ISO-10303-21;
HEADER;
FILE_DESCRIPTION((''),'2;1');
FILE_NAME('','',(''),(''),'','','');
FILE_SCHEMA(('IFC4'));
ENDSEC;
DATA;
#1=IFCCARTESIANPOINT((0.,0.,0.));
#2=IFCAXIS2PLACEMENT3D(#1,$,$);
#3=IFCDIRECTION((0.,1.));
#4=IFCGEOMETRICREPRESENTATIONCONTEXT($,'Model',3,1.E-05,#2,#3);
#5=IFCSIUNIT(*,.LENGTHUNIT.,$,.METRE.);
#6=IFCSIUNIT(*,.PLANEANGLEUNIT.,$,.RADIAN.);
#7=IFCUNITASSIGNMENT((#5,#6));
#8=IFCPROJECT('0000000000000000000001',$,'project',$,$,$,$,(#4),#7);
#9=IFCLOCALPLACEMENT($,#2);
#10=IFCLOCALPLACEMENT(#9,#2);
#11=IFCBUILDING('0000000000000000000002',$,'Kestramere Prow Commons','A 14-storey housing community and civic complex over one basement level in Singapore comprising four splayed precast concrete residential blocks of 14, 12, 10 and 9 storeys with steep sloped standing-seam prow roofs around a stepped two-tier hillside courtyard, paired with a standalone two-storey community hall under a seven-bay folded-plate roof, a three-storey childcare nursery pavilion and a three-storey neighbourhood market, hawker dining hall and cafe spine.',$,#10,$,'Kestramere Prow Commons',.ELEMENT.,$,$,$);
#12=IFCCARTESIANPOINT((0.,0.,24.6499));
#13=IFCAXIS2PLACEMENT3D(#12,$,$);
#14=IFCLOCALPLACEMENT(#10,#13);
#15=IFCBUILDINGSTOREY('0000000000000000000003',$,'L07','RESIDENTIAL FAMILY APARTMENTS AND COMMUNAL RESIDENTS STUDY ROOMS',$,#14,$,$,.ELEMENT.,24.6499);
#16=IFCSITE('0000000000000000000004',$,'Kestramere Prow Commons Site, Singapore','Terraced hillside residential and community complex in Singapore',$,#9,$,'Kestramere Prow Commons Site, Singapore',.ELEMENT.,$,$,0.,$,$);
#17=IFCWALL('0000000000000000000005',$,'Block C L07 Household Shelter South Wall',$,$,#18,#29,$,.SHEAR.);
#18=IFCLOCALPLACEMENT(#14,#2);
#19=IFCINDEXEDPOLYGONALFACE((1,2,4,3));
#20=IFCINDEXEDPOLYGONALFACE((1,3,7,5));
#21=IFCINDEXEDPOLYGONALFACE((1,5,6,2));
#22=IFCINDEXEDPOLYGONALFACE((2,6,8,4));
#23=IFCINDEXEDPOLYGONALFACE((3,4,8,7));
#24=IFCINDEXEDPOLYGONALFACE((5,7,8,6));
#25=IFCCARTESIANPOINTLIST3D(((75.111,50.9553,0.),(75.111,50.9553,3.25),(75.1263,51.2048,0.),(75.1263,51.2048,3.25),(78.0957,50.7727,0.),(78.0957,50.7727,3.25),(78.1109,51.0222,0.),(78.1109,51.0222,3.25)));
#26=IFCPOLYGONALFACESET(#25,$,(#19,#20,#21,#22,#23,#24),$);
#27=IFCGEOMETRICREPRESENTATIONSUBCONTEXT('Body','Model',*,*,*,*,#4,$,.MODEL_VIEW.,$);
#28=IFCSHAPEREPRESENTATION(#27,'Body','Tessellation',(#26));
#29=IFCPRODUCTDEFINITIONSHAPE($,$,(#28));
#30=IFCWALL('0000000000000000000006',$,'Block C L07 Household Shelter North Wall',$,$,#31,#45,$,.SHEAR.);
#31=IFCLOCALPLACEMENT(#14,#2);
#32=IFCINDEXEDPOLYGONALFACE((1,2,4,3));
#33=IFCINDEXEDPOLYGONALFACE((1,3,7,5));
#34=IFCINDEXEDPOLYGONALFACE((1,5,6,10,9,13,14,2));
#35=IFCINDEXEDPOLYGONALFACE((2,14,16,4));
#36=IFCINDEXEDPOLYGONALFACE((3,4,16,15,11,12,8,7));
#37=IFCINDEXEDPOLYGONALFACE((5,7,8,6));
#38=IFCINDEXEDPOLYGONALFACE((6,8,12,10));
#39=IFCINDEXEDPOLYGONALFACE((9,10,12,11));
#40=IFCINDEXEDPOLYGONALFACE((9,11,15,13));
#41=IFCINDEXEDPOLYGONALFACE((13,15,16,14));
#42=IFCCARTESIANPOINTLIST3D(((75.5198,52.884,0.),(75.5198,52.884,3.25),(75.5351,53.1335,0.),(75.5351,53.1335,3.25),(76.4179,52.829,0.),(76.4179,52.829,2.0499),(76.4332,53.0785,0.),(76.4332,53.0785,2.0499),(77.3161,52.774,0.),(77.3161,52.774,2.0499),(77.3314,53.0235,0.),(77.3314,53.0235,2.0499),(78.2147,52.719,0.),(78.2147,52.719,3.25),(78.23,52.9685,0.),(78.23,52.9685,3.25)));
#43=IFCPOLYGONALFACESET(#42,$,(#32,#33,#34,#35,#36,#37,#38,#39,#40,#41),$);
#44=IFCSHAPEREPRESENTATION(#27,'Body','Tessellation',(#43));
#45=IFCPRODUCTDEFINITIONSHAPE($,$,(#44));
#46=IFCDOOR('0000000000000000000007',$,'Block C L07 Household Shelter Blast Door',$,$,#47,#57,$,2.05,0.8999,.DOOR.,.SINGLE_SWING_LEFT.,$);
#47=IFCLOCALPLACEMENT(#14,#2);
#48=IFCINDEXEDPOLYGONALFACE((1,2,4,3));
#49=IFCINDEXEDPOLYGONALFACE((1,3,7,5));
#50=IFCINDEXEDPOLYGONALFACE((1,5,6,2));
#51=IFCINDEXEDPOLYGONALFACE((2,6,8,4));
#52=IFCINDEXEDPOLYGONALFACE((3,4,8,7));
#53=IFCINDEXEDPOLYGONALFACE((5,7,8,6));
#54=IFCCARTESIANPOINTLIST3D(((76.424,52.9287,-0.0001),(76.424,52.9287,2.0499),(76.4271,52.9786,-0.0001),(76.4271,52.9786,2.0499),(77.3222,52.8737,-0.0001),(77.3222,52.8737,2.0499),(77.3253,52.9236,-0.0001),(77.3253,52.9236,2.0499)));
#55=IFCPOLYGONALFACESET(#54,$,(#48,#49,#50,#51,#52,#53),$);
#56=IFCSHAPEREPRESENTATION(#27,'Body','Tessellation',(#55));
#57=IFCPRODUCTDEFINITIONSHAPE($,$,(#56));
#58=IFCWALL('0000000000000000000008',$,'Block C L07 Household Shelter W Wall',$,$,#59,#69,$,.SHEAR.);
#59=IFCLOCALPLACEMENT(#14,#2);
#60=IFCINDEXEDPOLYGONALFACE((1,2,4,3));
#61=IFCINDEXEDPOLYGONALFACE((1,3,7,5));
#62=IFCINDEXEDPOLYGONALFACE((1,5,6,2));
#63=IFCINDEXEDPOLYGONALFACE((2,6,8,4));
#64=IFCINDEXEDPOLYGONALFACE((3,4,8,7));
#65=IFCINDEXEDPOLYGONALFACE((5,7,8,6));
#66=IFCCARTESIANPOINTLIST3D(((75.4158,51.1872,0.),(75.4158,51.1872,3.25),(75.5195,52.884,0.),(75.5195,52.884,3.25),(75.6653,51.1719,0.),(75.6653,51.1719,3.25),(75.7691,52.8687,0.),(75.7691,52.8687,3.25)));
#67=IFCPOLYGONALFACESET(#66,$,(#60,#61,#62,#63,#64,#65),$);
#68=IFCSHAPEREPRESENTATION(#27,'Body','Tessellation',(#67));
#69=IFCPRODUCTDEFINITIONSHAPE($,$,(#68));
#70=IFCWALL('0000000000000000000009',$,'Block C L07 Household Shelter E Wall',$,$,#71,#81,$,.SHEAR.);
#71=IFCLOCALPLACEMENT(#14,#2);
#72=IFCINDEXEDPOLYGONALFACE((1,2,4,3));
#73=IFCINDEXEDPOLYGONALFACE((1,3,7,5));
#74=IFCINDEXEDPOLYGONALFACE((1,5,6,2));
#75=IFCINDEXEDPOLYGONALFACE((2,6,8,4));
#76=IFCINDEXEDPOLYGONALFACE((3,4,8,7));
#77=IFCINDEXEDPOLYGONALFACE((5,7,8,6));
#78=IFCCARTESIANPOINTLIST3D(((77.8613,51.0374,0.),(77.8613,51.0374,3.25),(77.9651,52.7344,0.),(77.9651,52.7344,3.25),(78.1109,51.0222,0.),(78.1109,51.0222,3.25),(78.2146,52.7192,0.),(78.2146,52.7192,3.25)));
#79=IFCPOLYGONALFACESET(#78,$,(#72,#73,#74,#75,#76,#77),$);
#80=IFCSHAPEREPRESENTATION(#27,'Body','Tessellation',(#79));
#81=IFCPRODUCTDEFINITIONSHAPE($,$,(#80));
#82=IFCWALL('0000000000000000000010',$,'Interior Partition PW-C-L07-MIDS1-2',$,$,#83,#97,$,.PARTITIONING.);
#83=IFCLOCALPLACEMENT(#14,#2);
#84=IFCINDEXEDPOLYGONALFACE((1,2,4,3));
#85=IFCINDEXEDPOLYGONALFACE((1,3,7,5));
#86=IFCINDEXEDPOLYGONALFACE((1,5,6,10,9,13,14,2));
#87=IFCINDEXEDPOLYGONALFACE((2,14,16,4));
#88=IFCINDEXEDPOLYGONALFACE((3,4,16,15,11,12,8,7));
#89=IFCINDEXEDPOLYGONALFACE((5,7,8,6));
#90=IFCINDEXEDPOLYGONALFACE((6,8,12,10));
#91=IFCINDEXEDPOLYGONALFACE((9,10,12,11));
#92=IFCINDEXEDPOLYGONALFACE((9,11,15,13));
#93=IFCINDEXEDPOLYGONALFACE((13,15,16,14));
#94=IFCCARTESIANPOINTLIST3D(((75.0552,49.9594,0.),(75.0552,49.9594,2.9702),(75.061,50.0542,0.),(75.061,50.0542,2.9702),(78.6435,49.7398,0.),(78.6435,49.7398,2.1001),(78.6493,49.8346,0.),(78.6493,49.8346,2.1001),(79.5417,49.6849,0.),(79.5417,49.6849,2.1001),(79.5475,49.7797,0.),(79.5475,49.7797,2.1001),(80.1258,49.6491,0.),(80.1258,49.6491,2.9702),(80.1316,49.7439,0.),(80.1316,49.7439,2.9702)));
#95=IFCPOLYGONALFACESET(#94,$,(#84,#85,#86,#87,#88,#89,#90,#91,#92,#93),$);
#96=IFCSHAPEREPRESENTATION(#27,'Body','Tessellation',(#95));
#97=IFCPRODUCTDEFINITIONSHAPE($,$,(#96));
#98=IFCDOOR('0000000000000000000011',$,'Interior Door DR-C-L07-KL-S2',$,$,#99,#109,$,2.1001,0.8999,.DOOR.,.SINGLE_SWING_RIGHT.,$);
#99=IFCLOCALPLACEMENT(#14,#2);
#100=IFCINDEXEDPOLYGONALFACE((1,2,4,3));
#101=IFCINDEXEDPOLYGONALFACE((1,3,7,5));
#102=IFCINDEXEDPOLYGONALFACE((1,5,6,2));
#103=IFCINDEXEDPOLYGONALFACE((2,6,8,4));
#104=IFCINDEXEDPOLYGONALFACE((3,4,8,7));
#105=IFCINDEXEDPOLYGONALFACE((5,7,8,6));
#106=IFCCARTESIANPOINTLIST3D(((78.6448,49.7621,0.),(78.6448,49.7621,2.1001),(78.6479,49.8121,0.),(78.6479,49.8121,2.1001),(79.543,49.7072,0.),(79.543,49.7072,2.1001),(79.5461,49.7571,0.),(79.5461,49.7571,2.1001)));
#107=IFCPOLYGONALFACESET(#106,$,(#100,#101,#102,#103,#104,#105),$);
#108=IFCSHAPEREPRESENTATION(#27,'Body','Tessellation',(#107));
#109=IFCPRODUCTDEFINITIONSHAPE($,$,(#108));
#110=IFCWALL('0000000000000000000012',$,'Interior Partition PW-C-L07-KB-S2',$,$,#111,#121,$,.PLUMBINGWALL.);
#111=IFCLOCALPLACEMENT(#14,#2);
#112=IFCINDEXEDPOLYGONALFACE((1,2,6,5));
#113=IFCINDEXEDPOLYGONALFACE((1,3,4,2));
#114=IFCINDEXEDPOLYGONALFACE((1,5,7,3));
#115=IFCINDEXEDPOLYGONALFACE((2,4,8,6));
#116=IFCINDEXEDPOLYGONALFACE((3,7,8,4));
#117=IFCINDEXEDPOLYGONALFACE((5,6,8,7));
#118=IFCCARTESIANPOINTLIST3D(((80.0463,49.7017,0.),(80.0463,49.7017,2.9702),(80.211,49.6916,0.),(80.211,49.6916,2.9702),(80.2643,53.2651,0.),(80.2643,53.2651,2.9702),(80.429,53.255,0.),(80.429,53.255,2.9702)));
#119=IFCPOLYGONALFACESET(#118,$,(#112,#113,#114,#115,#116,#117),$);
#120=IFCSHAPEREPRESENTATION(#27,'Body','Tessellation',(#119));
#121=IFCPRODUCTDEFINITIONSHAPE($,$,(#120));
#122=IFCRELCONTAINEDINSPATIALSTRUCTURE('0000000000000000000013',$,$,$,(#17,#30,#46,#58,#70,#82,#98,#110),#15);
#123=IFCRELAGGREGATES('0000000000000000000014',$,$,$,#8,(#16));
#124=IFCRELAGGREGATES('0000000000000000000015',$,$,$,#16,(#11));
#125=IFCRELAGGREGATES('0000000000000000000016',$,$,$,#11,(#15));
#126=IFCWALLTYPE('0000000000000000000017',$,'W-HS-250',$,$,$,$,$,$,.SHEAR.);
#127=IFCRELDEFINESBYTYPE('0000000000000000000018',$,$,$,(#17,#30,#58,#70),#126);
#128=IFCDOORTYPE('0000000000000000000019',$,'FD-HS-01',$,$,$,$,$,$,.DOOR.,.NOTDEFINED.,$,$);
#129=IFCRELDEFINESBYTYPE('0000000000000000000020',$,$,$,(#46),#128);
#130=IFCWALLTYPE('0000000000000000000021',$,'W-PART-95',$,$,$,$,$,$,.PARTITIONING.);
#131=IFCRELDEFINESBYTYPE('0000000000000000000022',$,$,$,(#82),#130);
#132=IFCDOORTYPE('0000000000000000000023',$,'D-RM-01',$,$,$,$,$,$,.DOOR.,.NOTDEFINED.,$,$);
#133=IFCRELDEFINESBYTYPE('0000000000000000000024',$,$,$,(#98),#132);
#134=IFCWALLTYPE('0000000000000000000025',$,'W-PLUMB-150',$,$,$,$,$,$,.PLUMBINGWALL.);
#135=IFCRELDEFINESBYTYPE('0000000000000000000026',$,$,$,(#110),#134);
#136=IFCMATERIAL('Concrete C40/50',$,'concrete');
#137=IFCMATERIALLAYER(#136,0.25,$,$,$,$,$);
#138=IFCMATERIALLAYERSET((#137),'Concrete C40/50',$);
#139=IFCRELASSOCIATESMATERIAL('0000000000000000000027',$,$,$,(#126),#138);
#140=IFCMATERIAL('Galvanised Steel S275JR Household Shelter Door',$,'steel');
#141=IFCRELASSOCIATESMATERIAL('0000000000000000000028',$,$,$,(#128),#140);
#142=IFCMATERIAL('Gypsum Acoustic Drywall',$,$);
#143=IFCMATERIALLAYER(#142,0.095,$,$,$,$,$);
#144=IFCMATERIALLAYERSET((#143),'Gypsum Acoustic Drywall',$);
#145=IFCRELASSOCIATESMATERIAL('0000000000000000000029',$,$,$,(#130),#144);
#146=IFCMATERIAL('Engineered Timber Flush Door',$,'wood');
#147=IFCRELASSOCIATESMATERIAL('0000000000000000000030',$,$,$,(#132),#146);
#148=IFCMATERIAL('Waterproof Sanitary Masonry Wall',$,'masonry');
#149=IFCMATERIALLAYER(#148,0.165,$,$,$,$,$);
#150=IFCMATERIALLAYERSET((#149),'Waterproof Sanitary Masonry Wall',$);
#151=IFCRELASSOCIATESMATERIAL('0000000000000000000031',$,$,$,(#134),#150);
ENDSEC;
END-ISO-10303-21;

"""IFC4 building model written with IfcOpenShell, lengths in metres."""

from ifc_helpers import new_model, si_unit, direction, frame, frame_2d, origin, place, context, subcontext, project, spatial, rectangle, extrude, material, layer, layer_set, type_object, element, fill, save


model = new_model("IFC4")

# Units and contexts
model_context = context("Model", 3, precision=1e-05, world=origin(), true_north=direction((0.0, 1.0)))
body_context = subcontext(model_context, "Body", "Model", "MODEL_VIEW")
ifc_project = project(units=[si_unit("LENGTHUNIT", "METRE"), si_unit("PLANEANGLEUNIT", "RADIAN")], contexts=[model_context])

# Site, building, storey
site_placement = place(None, origin())
site = spatial("IfcSite", under=ifc_project, at=site_placement, Name="Kestramere Prow Commons Site, Singapore", Description="Terraced hillside residential and community complex in Singapore", LongName="Kestramere Prow Commons Site, Singapore", CompositionType="ELEMENT", RefElevation=0.0)
building_placement = place(site_placement, origin())
building = spatial("IfcBuilding", under=site, at=building_placement, Name="Kestramere Prow Commons", Description="A 14-storey housing community and civic complex over one basement level in Singapore comprising four splayed precast concrete residential blocks of 14, 12, 10 and 9 storeys with steep sloped standing-seam prow roofs around a stepped two-tier hillside courtyard, paired with a standalone two-storey community hall under a seven-bay folded-plate roof, a three-storey childcare nursery pavilion and a three-storey neighbourhood market, hawker dining hall and cafe spine.", LongName="Kestramere Prow Commons", CompositionType="ELEMENT")
storey_placement = place(building_placement, frame((0.0, 0.0, 24.6499)))
storey = spatial("IfcBuildingStorey", under=building, at=storey_placement, Name="L07", Description="RESIDENTIAL FAMILY APARTMENTS AND COMMUNAL RESIDENTS STUDY ROOMS", CompositionType="ELEMENT", Elevation=24.6499)

# Shared definitions
ifc_material_1 = material(Name="Concrete C40/50", Category="concrete")

# Wall
ifc_layer_1 = layer(ifc_material_1, 0.25)
ifc_layer_set_1 = layer_set([ifc_layer_1], Name="Concrete C40/50")
wall_type_1 = type_object("IfcWallType", Name="W-HS-250", PredefinedType="SHEAR", material=ifc_layer_set_1)
wall_1_placement = place(storey_placement, frame((75.1187, 51.0801, 0.0), z_axis=(0.0, 0.0, 1.0), x_axis=(0.998133, -0.061072, 0.0)))
element("IfcWall", 1, at=wall_1_placement, inside=storey, type_object=wall_type_1, Name="Block C L07 Household Shelter South Wall", PredefinedType="SHEAR", context=body_context, shape_type="SweptSolid", body=[
    extrude(rectangle(XDim=2.9902, YDim=0.25, at=frame_2d((1.4951, 0.0))), origin(), (0.0, 0.0, 1.0), 3.25),
])

# Wall, opening, door
wall_2_placement = place(storey_placement, frame((75.5273, 53.0088, 0.0), z_axis=(0.0, 0.0, 1.0), x_axis=(0.99813, -0.061128, 0.0)))
wall_2 = element("IfcWall", 2, at=wall_2_placement, inside=storey, type_object=wall_type_1, Name="Block C L07 Household Shelter North Wall", PredefinedType="SHEAR", context=body_context, shape_type="SweptSolid", body=[
    extrude(rectangle(XDim=2.7, YDim=0.25, at=frame_2d((1.3501, 0.0))), origin(), (0.0, 0.0, 1.0), 3.25),
])
opening_1_placement = place(wall_2_placement, frame((0.8999, 0.0, 0.0)))
opening_1 = element("IfcOpeningElement", 3, at=opening_1_placement, cuts=wall_2, PredefinedType="OPENING", context=body_context, shape_type="SweptSolid", body=[
    extrude(rectangle(XDim=0.8999, YDim=2.05, at=frame_2d((0.45, 1.0249))), frame((0.0, 0.1399, 0.0), z_axis=(0.0, -1.0, 0.0), x_axis=(1.0, 0.0, 0.0)), (0.0, 0.0, 1.0), 0.28),
])
ifc_material_2 = material(Name="Galvanised Steel S275JR Household Shelter Door", Category="steel")
door_type_1 = type_object("IfcDoorType", Name="FD-HS-01", OperationType="NOTDEFINED", PredefinedType="DOOR", material=ifc_material_2)
door_1_placement = place(opening_1_placement, origin())
door_1 = element("IfcDoor", 4, at=door_1_placement, inside=storey, type_object=door_type_1, Name="Block C L07 Household Shelter Blast Door", OperationType="SINGLE_SWING_LEFT", OverallHeight=2.05, OverallWidth=0.8999, PredefinedType="DOOR", context=body_context, shape_type="SweptSolid", body=[
    extrude(rectangle(XDim=0.8999, YDim=2.05, at=frame_2d((0.45, 1.0249))), frame((0.0, 0.0249, 0.0), z_axis=(0.0, -1.0, 0.0), x_axis=(1.0, 0.0, 0.0)), (0.0, 0.0, 1.0), 0.05),
])
fill(opening_1, door_1)

# Walls
wall_3_placement = place(storey_placement, frame((75.5405, 51.1794, 0.0), z_axis=(0.0, 0.0, 1.0), x_axis=(0.061037, 0.998136, 0.0)))
element("IfcWall", 5, at=wall_3_placement, inside=storey, type_object=wall_type_1, Name="Block C L07 Household Shelter W Wall", PredefinedType="SHEAR", context=body_context, shape_type="SweptSolid", body=[
    extrude(rectangle(XDim=1.7, YDim=0.25, at=frame_2d((0.8501, 0.0))), origin(), (0.0, 0.0, 1.0), 3.25),
])
wall_4_placement = place(storey_placement, frame((77.9861, 51.0298, 0.0), z_axis=(0.0, 0.0, 1.0), x_axis=(0.061028, 0.998136, 0.0)))
element("IfcWall", 6, at=wall_4_placement, inside=storey, type_object=wall_type_1, Name="Block C L07 Household Shelter E Wall", PredefinedType="SHEAR", context=body_context, shape_type="SweptSolid", body=[
    extrude(rectangle(XDim=1.7002, YDim=0.25, at=frame_2d((0.8501, 0.0))), origin(), (0.0, 0.0, 1.0), 3.25),
])

# Wall, opening, door
ifc_material_3 = material(Name="Gypsum Acoustic Drywall")
ifc_layer_2 = layer(ifc_material_3, 0.095)
ifc_layer_set_2 = layer_set([ifc_layer_2], Name="Gypsum Acoustic Drywall")
wall_type_2 = type_object("IfcWallType", Name="W-PART-95", PredefinedType="PARTITIONING", material=ifc_layer_set_2)
wall_5_placement = place(storey_placement, frame((75.0581, 50.0068, 0.0), z_axis=(0.0, 0.0, 1.0), x_axis=(0.998133, -0.061083, 0.0)))
wall_5 = element("IfcWall", 7, at=wall_5_placement, inside=storey, type_object=wall_type_2, Name="Interior Partition PW-C-L07-MIDS1-2", PredefinedType="PARTITIONING", context=body_context, shape_type="SweptSolid", body=[
    extrude(rectangle(XDim=5.0801, YDim=0.095, at=frame_2d((2.54, 0.0))), origin(), (0.0, 0.0, 1.0), 2.9702),
])
opening_2_placement = place(wall_5_placement, frame((3.595, 0.0, 0.0)))
opening_2 = element("IfcOpeningElement", 8, at=opening_2_placement, cuts=wall_5, PredefinedType="OPENING", context=body_context, shape_type="SweptSolid", body=[
    extrude(rectangle(XDim=0.8999, YDim=2.1001, at=frame_2d((0.45, 1.05))), frame((0.0, 0.0625, 0.0), z_axis=(0.0, -1.0, 0.0), x_axis=(1.0, 0.0, 0.0)), (0.0, 0.0, 1.0), 0.125),
])
ifc_material_4 = material(Name="Engineered Timber Flush Door", Category="wood")
door_type_2 = type_object("IfcDoorType", Name="D-RM-01", OperationType="NOTDEFINED", PredefinedType="DOOR", material=ifc_material_4)
door_2_placement = place(opening_2_placement, origin())
door_2 = element("IfcDoor", 9, at=door_2_placement, inside=storey, type_object=door_type_2, Name="Interior Door DR-C-L07-KL-S2", OperationType="SINGLE_SWING_RIGHT", OverallHeight=2.1001, OverallWidth=0.8999, PredefinedType="DOOR", context=body_context, shape_type="SweptSolid", body=[
    extrude(rectangle(XDim=0.8999, YDim=2.1001, at=frame_2d((0.45, 1.05))), frame((0.0, 0.0249, 0.0), z_axis=(0.0, -1.0, 0.0), x_axis=(1.0, 0.0, 0.0)), (0.0, 0.0, 1.0), 0.05),
])
fill(opening_2, door_2)

# Wall
ifc_material_5 = material(Name="Waterproof Sanitary Masonry Wall", Category="masonry")
ifc_layer_3 = layer(ifc_material_5, 0.165)
ifc_layer_set_3 = layer_set([ifc_layer_3], Name="Waterproof Sanitary Masonry Wall")
wall_type_3 = type_object("IfcWallType", Name="W-PLUMB-150", PredefinedType="PLUMBINGWALL", material=ifc_layer_set_3)
wall_6_placement = place(storey_placement, frame((80.1287, 49.6965, 0.0), z_axis=(0.0, 0.0, 1.0), x_axis=(0.061067, 0.998134, 0.0)))
element("IfcWall", 10, at=wall_6_placement, inside=storey, type_object=wall_type_3, Name="Interior Partition PW-C-L07-KB-S2", PredefinedType="PLUMBINGWALL", context=body_context, shape_type="SweptSolid", body=[
    extrude(rectangle(XDim=3.5701, YDim=0.165, at=frame_2d((1.7852, 0.0))), origin(), (0.0, 0.0, 1.0), 2.9702),
])

save(model, "model.ifc")
